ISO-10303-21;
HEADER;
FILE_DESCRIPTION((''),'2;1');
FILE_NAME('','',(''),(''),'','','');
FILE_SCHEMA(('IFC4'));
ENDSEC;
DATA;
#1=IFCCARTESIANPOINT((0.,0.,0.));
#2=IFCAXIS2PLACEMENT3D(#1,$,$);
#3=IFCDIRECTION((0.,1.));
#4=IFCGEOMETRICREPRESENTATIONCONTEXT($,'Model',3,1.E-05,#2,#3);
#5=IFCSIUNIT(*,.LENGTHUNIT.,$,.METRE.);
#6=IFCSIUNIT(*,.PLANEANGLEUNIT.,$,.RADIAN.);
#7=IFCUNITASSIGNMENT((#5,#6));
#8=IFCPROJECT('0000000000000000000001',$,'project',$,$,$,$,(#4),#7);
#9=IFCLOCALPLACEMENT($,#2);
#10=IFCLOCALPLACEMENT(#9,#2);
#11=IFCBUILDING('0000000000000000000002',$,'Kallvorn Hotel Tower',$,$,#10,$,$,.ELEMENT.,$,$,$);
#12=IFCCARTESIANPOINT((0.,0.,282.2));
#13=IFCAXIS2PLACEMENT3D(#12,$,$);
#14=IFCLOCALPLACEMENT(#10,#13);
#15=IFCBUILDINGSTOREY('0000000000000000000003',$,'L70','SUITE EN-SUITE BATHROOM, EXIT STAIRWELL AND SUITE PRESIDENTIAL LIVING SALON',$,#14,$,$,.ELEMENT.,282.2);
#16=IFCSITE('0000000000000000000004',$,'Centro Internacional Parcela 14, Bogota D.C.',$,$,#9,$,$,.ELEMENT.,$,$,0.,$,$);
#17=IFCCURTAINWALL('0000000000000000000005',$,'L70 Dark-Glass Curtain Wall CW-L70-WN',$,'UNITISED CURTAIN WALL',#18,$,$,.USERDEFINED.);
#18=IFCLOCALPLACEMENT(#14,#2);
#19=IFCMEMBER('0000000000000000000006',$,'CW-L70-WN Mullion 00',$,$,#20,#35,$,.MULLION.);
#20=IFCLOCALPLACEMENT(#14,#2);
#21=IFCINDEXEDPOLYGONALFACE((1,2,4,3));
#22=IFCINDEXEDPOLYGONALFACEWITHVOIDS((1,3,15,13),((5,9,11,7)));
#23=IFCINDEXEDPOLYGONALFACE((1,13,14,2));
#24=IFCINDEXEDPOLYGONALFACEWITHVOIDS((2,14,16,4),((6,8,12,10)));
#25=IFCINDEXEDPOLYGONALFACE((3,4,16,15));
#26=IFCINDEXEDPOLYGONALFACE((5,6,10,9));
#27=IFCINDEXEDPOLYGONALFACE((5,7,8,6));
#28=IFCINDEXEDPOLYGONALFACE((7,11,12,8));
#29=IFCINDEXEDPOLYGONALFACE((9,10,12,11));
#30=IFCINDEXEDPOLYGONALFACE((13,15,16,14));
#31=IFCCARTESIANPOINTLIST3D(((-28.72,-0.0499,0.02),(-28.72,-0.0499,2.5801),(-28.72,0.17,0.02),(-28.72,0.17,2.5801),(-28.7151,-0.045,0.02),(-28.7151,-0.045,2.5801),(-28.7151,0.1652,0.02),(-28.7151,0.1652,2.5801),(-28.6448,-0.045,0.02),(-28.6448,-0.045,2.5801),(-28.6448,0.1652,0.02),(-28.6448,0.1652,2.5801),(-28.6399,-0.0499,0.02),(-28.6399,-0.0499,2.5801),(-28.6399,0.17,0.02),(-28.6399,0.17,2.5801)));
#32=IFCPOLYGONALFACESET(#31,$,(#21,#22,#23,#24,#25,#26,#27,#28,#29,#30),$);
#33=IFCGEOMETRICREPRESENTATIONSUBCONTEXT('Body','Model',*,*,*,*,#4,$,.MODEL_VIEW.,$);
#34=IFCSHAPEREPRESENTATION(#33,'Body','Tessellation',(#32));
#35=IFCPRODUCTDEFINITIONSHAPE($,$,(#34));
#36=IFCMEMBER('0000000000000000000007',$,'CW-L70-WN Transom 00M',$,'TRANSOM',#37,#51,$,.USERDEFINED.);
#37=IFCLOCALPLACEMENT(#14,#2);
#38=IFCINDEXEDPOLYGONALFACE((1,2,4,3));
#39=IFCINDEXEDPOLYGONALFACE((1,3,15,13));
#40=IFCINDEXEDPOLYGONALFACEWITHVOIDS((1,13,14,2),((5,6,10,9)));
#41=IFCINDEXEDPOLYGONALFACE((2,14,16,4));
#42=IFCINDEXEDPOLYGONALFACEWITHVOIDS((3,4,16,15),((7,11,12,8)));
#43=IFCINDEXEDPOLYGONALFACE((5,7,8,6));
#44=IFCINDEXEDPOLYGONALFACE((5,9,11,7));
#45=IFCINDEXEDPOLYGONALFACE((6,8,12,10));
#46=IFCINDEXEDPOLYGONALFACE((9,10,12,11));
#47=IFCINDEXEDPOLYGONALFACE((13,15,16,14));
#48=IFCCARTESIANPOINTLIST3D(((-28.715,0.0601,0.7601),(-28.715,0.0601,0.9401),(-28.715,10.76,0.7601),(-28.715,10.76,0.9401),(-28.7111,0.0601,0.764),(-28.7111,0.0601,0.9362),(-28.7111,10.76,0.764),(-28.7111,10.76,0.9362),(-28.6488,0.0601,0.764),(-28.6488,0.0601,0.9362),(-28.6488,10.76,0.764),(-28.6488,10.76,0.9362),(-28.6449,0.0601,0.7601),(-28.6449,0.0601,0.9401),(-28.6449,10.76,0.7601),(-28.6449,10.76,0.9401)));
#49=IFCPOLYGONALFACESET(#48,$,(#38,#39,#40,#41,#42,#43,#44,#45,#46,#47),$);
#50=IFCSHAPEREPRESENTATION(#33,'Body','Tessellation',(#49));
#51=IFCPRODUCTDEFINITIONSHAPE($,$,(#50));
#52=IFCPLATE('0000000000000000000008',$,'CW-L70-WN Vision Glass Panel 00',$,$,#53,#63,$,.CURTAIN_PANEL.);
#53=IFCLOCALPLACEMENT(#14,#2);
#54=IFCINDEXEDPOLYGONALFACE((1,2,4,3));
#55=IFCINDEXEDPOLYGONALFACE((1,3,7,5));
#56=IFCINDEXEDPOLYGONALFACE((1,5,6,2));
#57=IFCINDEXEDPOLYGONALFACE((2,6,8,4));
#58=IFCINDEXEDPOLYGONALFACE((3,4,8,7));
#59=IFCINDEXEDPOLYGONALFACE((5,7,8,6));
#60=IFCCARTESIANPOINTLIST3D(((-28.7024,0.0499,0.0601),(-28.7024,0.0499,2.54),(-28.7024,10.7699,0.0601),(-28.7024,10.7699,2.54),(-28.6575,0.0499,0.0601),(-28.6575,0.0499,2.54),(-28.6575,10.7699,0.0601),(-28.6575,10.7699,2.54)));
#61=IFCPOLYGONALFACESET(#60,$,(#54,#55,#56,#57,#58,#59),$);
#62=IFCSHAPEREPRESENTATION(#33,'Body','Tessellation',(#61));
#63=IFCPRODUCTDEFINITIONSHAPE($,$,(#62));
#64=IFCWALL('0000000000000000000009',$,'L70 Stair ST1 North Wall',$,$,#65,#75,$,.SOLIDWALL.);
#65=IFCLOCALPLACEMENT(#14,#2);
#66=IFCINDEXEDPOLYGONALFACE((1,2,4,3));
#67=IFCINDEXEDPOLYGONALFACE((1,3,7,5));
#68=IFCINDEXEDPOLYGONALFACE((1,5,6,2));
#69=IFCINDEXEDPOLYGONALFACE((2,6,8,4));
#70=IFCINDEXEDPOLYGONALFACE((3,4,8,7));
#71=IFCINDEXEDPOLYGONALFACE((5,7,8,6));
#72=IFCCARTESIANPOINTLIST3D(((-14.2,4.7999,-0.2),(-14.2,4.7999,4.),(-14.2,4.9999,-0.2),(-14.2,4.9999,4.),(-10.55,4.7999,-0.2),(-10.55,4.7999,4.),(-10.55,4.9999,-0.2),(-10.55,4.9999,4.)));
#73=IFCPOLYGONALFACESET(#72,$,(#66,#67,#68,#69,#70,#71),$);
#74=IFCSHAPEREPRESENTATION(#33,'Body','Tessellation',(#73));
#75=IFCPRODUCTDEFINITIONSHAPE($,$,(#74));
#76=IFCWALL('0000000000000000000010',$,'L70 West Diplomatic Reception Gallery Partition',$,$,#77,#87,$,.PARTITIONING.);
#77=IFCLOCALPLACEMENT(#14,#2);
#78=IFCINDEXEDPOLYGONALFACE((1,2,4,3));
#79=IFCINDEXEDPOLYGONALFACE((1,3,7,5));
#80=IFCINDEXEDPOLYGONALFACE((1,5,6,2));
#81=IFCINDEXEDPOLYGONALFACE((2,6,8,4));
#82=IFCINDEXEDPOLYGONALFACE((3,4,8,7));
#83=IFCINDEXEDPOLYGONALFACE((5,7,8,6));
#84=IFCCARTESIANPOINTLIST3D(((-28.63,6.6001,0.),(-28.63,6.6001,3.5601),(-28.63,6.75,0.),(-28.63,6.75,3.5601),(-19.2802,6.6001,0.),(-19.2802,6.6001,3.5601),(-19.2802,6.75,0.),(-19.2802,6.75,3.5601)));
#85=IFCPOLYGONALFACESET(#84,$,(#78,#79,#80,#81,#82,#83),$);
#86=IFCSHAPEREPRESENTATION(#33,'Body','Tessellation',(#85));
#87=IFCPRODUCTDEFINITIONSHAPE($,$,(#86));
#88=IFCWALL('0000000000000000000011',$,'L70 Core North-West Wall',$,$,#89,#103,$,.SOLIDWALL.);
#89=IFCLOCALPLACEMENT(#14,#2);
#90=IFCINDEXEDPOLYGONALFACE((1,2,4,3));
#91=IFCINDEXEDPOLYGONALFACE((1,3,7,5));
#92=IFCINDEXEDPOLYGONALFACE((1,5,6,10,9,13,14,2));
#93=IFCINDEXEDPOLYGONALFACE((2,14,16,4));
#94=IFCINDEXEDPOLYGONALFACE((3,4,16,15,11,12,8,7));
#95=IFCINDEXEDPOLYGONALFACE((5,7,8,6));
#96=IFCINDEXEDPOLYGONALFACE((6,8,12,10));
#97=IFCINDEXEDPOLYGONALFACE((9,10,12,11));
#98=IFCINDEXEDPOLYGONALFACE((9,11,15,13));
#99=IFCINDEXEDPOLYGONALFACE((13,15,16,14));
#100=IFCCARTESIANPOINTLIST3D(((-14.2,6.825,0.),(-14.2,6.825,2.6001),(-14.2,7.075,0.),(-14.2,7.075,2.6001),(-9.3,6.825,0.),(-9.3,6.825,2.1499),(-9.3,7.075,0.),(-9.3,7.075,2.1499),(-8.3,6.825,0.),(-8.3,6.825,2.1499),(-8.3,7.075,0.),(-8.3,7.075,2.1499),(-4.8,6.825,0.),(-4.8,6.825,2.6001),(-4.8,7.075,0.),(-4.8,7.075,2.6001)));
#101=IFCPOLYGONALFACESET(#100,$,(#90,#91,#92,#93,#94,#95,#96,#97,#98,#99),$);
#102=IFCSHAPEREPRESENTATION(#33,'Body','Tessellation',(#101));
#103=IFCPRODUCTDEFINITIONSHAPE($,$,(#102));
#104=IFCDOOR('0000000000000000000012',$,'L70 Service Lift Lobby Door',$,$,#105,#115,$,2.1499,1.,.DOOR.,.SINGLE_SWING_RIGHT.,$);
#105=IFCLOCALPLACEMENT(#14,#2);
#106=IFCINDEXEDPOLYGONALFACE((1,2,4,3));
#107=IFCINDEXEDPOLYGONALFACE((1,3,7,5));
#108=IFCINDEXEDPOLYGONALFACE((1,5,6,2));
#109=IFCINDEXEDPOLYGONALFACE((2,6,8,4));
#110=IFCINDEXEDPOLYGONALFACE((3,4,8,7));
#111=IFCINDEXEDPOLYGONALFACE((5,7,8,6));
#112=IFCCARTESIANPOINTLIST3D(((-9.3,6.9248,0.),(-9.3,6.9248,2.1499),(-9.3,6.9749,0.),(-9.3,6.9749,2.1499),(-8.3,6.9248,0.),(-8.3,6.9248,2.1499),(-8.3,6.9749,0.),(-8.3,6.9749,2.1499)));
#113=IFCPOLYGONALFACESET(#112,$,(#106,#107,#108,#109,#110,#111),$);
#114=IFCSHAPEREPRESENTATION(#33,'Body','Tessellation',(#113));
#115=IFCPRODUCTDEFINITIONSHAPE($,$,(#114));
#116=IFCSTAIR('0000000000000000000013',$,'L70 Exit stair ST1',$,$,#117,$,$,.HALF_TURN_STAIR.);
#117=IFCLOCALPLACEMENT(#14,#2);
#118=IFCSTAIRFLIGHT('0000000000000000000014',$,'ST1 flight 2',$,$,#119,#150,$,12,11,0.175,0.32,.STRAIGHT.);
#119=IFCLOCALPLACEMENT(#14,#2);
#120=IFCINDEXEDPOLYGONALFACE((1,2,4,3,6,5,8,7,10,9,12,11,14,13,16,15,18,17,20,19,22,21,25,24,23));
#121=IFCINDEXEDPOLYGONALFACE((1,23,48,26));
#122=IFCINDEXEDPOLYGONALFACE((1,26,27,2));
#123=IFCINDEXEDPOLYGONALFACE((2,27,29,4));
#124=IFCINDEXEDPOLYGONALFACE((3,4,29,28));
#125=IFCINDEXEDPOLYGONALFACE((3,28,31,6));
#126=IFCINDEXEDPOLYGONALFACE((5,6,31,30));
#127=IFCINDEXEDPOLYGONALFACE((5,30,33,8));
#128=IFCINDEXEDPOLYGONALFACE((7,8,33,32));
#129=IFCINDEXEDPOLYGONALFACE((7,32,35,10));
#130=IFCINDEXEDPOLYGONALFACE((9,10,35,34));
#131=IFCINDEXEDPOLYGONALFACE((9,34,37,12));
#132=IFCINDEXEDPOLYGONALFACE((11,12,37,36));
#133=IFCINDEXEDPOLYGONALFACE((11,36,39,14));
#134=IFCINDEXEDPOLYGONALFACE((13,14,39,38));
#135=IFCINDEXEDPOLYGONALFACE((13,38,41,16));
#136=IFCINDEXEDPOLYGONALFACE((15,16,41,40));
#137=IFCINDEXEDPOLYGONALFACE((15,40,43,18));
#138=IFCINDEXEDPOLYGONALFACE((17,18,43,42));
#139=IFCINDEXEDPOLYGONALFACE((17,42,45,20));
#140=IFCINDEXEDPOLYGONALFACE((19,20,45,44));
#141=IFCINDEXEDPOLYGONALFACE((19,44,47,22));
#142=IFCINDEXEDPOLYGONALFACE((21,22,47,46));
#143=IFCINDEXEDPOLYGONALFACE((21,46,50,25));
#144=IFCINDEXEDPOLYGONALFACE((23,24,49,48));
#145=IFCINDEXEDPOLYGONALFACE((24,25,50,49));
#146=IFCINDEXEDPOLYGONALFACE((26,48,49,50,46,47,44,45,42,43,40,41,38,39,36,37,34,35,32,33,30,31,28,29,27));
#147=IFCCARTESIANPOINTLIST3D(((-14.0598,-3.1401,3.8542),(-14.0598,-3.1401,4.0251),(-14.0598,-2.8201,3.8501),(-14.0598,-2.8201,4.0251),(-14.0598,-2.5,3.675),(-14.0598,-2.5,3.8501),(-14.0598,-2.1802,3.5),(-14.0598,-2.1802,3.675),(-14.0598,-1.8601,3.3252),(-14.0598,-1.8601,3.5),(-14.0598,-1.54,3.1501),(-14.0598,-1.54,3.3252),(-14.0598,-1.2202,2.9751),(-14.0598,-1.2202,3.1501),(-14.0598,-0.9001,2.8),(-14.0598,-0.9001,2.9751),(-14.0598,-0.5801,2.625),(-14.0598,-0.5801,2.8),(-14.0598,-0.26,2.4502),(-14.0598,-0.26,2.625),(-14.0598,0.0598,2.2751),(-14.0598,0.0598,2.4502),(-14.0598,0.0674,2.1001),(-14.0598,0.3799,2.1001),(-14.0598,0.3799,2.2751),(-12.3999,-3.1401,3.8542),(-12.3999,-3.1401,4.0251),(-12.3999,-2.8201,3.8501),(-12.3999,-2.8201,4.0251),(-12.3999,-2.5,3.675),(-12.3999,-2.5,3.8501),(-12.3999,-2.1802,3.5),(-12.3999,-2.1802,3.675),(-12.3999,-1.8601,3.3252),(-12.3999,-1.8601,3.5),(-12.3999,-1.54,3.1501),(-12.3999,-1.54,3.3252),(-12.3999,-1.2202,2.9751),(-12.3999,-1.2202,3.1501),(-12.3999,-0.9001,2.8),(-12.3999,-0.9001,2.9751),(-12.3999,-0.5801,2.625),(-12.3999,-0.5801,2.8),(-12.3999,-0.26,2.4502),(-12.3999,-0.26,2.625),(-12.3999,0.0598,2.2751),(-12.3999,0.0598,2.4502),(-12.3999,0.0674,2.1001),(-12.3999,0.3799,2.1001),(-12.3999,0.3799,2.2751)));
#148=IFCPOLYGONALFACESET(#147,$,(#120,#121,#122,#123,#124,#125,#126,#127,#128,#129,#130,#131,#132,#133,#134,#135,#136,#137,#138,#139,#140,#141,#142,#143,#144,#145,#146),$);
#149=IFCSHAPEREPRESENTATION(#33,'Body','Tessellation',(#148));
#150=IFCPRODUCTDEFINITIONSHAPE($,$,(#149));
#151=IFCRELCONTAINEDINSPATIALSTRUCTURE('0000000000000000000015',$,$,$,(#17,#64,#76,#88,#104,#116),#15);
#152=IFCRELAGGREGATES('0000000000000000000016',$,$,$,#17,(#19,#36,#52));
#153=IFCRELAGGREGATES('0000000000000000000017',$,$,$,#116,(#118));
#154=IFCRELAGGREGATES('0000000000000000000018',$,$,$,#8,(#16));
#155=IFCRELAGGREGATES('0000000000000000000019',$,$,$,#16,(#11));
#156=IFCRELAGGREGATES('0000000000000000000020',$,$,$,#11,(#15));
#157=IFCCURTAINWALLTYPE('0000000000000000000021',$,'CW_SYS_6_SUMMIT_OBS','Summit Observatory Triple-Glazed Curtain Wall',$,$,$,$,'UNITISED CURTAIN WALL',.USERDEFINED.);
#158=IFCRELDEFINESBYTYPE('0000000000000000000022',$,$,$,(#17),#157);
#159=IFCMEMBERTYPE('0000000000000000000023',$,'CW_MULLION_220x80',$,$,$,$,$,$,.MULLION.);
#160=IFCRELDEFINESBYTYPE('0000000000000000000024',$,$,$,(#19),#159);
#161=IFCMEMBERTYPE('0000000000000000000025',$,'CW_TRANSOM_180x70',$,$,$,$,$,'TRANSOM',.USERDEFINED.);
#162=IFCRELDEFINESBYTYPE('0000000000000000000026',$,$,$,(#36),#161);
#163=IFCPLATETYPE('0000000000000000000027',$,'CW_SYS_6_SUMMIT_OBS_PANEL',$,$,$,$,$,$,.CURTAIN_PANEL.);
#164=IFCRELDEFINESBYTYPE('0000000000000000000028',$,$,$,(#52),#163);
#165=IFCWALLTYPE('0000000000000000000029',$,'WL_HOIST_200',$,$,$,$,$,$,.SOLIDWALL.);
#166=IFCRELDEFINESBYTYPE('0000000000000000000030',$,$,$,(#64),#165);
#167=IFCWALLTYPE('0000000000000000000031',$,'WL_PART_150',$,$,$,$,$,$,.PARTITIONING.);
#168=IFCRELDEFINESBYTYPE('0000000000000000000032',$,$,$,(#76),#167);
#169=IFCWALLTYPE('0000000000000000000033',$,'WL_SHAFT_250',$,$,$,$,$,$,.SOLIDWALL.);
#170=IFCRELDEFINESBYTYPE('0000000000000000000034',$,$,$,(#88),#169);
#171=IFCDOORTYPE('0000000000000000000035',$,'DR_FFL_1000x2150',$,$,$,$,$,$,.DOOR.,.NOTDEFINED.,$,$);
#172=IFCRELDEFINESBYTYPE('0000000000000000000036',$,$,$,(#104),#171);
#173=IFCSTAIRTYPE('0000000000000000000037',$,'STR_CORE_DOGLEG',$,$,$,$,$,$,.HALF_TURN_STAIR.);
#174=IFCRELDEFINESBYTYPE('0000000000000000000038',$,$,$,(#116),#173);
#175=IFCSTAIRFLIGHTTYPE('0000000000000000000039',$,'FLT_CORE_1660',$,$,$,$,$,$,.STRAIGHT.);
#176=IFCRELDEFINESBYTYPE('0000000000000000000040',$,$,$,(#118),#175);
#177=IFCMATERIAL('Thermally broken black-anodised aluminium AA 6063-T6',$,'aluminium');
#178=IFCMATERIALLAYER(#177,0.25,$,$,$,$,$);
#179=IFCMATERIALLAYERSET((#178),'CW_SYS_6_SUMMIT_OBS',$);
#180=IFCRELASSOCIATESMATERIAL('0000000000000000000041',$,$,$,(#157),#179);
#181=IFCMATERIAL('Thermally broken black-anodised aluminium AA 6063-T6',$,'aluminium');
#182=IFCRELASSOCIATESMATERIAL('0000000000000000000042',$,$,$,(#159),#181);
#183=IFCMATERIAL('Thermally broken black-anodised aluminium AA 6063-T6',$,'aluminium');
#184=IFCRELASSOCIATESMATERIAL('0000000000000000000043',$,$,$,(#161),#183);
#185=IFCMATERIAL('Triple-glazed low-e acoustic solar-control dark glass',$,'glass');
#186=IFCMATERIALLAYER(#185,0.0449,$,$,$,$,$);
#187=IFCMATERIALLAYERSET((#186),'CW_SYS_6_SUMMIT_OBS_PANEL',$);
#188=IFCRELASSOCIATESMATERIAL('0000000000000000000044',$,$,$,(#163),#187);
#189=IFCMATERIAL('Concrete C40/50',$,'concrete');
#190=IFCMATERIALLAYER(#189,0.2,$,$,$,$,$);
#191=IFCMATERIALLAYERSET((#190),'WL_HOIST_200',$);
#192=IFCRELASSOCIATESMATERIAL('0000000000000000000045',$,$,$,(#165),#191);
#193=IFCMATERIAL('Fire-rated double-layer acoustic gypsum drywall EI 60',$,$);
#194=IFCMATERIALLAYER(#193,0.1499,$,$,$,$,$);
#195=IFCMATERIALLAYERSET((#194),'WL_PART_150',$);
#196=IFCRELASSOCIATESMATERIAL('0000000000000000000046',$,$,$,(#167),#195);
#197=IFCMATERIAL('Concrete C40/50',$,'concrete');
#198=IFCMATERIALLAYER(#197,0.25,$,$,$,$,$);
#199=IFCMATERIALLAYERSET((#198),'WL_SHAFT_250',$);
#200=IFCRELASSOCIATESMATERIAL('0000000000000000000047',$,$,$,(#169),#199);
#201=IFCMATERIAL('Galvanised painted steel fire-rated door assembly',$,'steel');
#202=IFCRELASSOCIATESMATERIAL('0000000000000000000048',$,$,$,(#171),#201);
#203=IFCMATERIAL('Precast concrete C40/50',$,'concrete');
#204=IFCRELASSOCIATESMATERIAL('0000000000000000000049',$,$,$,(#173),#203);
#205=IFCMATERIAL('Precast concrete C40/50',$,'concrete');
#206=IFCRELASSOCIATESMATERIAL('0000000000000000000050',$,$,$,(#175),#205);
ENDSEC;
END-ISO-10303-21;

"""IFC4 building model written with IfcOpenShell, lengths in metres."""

from ifc_helpers import new_model, si_unit, direction, frame, frame_2d, origin, origin_2d, place, context, subcontext, project, spatial, polyline, rectangle, hollow_rectangle, outline, extrude, material, layer, layer_set, material_profile, profile_set, type_object, element, fill, aggregate, save


model = new_model("IFC4")

# Units and contexts
model_context = context("Model", 3, precision=1e-05, world=origin(), true_north=direction((0.0, 1.0)))
body_context = subcontext(model_context, "Body", "Model", "MODEL_VIEW")
ifc_project = project(units=[si_unit("LENGTHUNIT", "METRE"), si_unit("PLANEANGLEUNIT", "RADIAN")], contexts=[model_context])

# Site, building, storey
site_placement = place(None, origin())
site = spatial("IfcSite", under=ifc_project, at=site_placement, Name="Centro Internacional Parcela 14, Bogota D.C.", CompositionType="ELEMENT", RefElevation=0.0)
building_placement = place(site_placement, origin())
building = spatial("IfcBuilding", under=site, at=building_placement, Name="Kallvorn Hotel Tower", CompositionType="ELEMENT")
storey_placement = place(building_placement, frame((0.0, 0.0, 282.2)))
storey = spatial("IfcBuildingStorey", under=building, at=storey_placement, Name="L70", Description="SUITE EN-SUITE BATHROOM, EXIT STAIRWELL AND SUITE PRESIDENTIAL LIVING SALON", CompositionType="ELEMENT", Elevation=282.2)

# Curtain wall, members, plate
ifc_material_1 = material(Name="Thermally broken black-anodised aluminium AA 6063-T6", Category="aluminium")
ifc_layer_1 = layer(ifc_material_1, 0.25)
ifc_layer_set_1 = layer_set([ifc_layer_1], Name="CW_SYS_6_SUMMIT_OBS")
curtain_wall_type = type_object("IfcCurtainWallType", Name="CW_SYS_6_SUMMIT_OBS", Description="Summit Observatory Triple-Glazed Curtain Wall", ElementType="UNITISED CURTAIN WALL", PredefinedType="USERDEFINED", material=ifc_layer_set_1)
curtain_wall_placement = place(storey_placement, origin())
curtain_wall = element("IfcCurtainWall", 1, at=curtain_wall_placement, inside=storey, type_object=curtain_wall_type, Name="L70 Dark-Glass Curtain Wall CW-L70-WN", ObjectType="UNITISED CURTAIN WALL", PredefinedType="USERDEFINED")
ifc_material_2 = material(Name="Thermally broken black-anodised aluminium AA 6063-T6", Category="aluminium")
ifc_material_profile_1 = material_profile(ifc_material_2, hollow_rectangle(XDim=0.0801, YDim=0.22, WallThickness=0.0049, at=origin_2d()), Name="MUL 220x80")
ifc_profile_set_1 = profile_set([ifc_material_profile_1], Name="Thermally broken black-anodised aluminium AA 6063-T6")
member_type_1 = type_object("IfcMemberType", Name="CW_MULLION_220x80", PredefinedType="MULLION", material=ifc_profile_set_1)
member_1_placement = place(storey_placement, frame((-28.6799, 0.0601, 0.02), z_axis=(0.0, 0.0, 1.0), x_axis=(1.0, 0.0, 0.0)))
member_1 = element("IfcMember", 2, at=member_1_placement, type_object=member_type_1, Name="CW-L70-WN Mullion 00", PredefinedType="MULLION", context=body_context, shape_type="SweptSolid", body=[
    extrude(hollow_rectangle(XDim=0.0801, YDim=0.22, WallThickness=0.0049, at=origin_2d()), origin(), (0.0, 0.0, 1.0), 2.5601),
])
ifc_material_3 = material(Name="Thermally broken black-anodised aluminium AA 6063-T6", Category="aluminium")
ifc_material_profile_2 = material_profile(ifc_material_3, hollow_rectangle(XDim=0.0701, YDim=0.1799, WallThickness=0.0039, at=origin_2d()), Name="TRN 180x70")
ifc_profile_set_2 = profile_set([ifc_material_profile_2], Name="Thermally broken black-anodised aluminium AA 6063-T6")
member_type_2 = type_object("IfcMemberType", Name="CW_TRANSOM_180x70", ElementType="TRANSOM", PredefinedType="USERDEFINED", material=ifc_profile_set_2)
member_2_placement = place(storey_placement, frame((-28.6799, 0.0601, 0.8501), z_axis=(0.0, 1.0, 0.0), x_axis=(-1.0, 0.0, 0.0)))
member_2 = element("IfcMember", 3, at=member_2_placement, type_object=member_type_2, Name="CW-L70-WN Transom 00M", ObjectType="TRANSOM", PredefinedType="USERDEFINED", context=body_context, shape_type="SweptSolid", body=[
    extrude(hollow_rectangle(XDim=0.0701, YDim=0.1799, WallThickness=0.0039, at=origin_2d()), origin(), (0.0, 0.0, 1.0), 10.7),
])
ifc_material_4 = material(Name="Triple-glazed low-e acoustic solar-control dark glass", Category="glass")
ifc_layer_2 = layer(ifc_material_4, 0.0449)
ifc_layer_set_2 = layer_set([ifc_layer_2], Name="CW_SYS_6_SUMMIT_OBS_PANEL")
plate_type = type_object("IfcPlateType", Name="CW_SYS_6_SUMMIT_OBS_PANEL", PredefinedType="CURTAIN_PANEL", material=ifc_layer_set_2)
plate_placement = place(storey_placement, frame((-28.6799, 5.4099, 0.0601), z_axis=(0.0, 0.0, 1.0), x_axis=(0.0, 1.0, 0.0)))
plate = element("IfcPlate", 4, at=plate_placement, type_object=plate_type, Name="CW-L70-WN Vision Glass Panel 00", PredefinedType="CURTAIN_PANEL", context=body_context, shape_type="SweptSolid", body=[
    extrude(rectangle(XDim=10.72, YDim=0.0449, at=origin_2d()), origin(), (0.0, 0.0, 1.0), 2.48),
])
aggregate(curtain_wall, [member_1, member_2, plate])

# Walls
ifc_material_5 = material(Name="Concrete C40/50", Category="concrete")
ifc_layer_3 = layer(ifc_material_5, 0.2)
ifc_layer_set_3 = layer_set([ifc_layer_3], Name="WL_HOIST_200")
wall_type_1 = type_object("IfcWallType", Name="WL_HOIST_200", PredefinedType="SOLIDWALL", material=ifc_layer_set_3)
wall_1_placement = place(storey_placement, frame((-14.2, 4.8999, -0.2), z_axis=(0.0, 0.0, 1.0), x_axis=(1.0, 0.0, 0.0)))
element("IfcWall", 5, at=wall_1_placement, inside=storey, type_object=wall_type_1, Name="L70 Stair ST1 North Wall", PredefinedType="SOLIDWALL", context=body_context, shape_type="SweptSolid", body=[
    extrude(rectangle(XDim=3.6499, YDim=0.2, at=frame_2d((1.825, 0.0))), origin(), (0.0, 0.0, 1.0), 4.2),
])
ifc_material_6 = material(Name="Fire-rated double-layer acoustic gypsum drywall EI 60")
ifc_layer_4 = layer(ifc_material_6, 0.1499)
ifc_layer_set_4 = layer_set([ifc_layer_4], Name="WL_PART_150")
wall_type_2 = type_object("IfcWallType", Name="WL_PART_150", PredefinedType="PARTITIONING", material=ifc_layer_set_4)
wall_2_placement = place(storey_placement, frame((-28.6299, 6.675, 0.0), z_axis=(0.0, 0.0, 1.0), x_axis=(1.0, 0.0, 0.0)))
element("IfcWall", 6, at=wall_2_placement, inside=storey, type_object=wall_type_2, Name="L70 West Diplomatic Reception Gallery Partition", PredefinedType="PARTITIONING", context=body_context, shape_type="SweptSolid", body=[
    extrude(rectangle(XDim=9.3499, YDim=0.1499, at=frame_2d((4.6748, 0.0))), origin(), (0.0, 0.0, 1.0), 3.5601),
])

# Wall, opening, door
ifc_material_7 = material(Name="Concrete C40/50", Category="concrete")
ifc_layer_5 = layer(ifc_material_7, 0.25)
ifc_layer_set_5 = layer_set([ifc_layer_5], Name="WL_SHAFT_250")
wall_type_3 = type_object("IfcWallType", Name="WL_SHAFT_250", PredefinedType="SOLIDWALL", material=ifc_layer_set_5)
wall_3_placement = place(storey_placement, frame((-14.2, 6.95, 0.0), z_axis=(0.0, 0.0, 1.0), x_axis=(1.0, 0.0, 0.0)))
wall_3 = element("IfcWall", 7, at=wall_3_placement, inside=storey, type_object=wall_type_3, Name="L70 Core North-West Wall", PredefinedType="SOLIDWALL", context=body_context, shape_type="SweptSolid", body=[
    extrude(rectangle(XDim=9.3999, YDim=0.25, at=frame_2d((4.7, 0.0))), origin(), (0.0, 0.0, 1.0), 2.6001),
])
opening_placement = place(wall_3_placement, frame((4.8999, 0.0, 0.0)))
opening = element("IfcOpeningElement", 8, at=opening_placement, cuts=wall_3, PredefinedType="OPENING", context=body_context, shape_type="SweptSolid", body=[
    extrude(rectangle(XDim=1.0, YDim=2.1499, at=frame_2d((0.5, 1.075))), frame((0.0, 0.1399, 0.0), z_axis=(0.0, -1.0, 0.0), x_axis=(1.0, 0.0, 0.0)), (0.0, 0.0, 1.0), 0.28),
])
ifc_material_8 = material(Name="Galvanised painted steel fire-rated door assembly", Category="steel")
door_type = type_object("IfcDoorType", Name="DR_FFL_1000x2150", OperationType="NOTDEFINED", PredefinedType="DOOR", material=ifc_material_8)
door_placement = place(opening_placement, origin())
door = element("IfcDoor", 9, at=door_placement, inside=storey, type_object=door_type, Name="L70 Service Lift Lobby Door", OperationType="SINGLE_SWING_RIGHT", OverallHeight=2.1499, OverallWidth=1.0, PredefinedType="DOOR", context=body_context, shape_type="SweptSolid", body=[
    extrude(rectangle(XDim=1.0, YDim=2.1499, at=frame_2d((0.5, 1.075))), frame((0.0, 0.0249, 0.0), z_axis=(0.0, -1.0, 0.0), x_axis=(1.0, 0.0, 0.0)), (0.0, 0.0, 1.0), 0.05),
])
fill(opening, door)

# Stair, stair flight
ifc_material_9 = material(Name="Precast concrete C40/50", Category="concrete")
stair_type = type_object("IfcStairType", Name="STR_CORE_DOGLEG", PredefinedType="HALF_TURN_STAIR", material=ifc_material_9)
stair_placement = place(storey_placement, origin())
stair = element("IfcStair", 10, at=stair_placement, inside=storey, type_object=stair_type, Name="L70 Exit stair ST1", PredefinedType="HALF_TURN_STAIR")
ifc_material_10 = material(Name="Precast concrete C40/50", Category="concrete")
stair_flight_type = type_object("IfcStairFlightType", Name="FLT_CORE_1660", PredefinedType="STRAIGHT", material=ifc_material_10)
stair_flight_placement = place(storey_placement, frame((-13.23, 0.3799, 2.1001), z_axis=(0.0, 0.0, 1.0), x_axis=(0.0, -1.0, 0.0)))
stair_flight = element("IfcStairFlight", 11, at=stair_flight_placement, type_object=stair_flight_type, Name="ST1 flight 2", NumberOfRisers=12, NumberOfTreads=11, PredefinedType="STRAIGHT", RiserHeight=0.175, TreadLength=0.32, context=body_context, shape_type="SweptSolid", body=[
    extrude(outline(polyline([(0.0, 0.0), (0.0, 0.175), (0.3201, 0.175), (0.3201, 0.3501), (0.6399, 0.3501), (0.6399, 0.5249), (0.96, 0.5249), (0.96, 0.7), (1.28, 0.7), (1.28, 0.875), (1.6001, 0.875), (1.6001, 1.05), (1.9199, 1.05), (1.9199, 1.2251), (2.24, 1.2251), (2.24, 1.3999), (2.5601, 1.3999), (2.5601, 1.575), (2.8799, 1.575), (2.8799, 1.75), (3.2, 1.75), (3.2, 1.925), (3.52, 1.925), (3.52, 2.1001), (3.52, 1.7542), (0.3125, 0.0), (0.0, 0.0)])), frame((0.0, 0.8301, 0.0), z_axis=(0.0, -1.0, 0.0), x_axis=(1.0, 0.0, 0.0)), (0.0, 0.0, 1.0), 1.6599),
])
aggregate(stair, [stair_flight])

save(model, "model.ifc")
